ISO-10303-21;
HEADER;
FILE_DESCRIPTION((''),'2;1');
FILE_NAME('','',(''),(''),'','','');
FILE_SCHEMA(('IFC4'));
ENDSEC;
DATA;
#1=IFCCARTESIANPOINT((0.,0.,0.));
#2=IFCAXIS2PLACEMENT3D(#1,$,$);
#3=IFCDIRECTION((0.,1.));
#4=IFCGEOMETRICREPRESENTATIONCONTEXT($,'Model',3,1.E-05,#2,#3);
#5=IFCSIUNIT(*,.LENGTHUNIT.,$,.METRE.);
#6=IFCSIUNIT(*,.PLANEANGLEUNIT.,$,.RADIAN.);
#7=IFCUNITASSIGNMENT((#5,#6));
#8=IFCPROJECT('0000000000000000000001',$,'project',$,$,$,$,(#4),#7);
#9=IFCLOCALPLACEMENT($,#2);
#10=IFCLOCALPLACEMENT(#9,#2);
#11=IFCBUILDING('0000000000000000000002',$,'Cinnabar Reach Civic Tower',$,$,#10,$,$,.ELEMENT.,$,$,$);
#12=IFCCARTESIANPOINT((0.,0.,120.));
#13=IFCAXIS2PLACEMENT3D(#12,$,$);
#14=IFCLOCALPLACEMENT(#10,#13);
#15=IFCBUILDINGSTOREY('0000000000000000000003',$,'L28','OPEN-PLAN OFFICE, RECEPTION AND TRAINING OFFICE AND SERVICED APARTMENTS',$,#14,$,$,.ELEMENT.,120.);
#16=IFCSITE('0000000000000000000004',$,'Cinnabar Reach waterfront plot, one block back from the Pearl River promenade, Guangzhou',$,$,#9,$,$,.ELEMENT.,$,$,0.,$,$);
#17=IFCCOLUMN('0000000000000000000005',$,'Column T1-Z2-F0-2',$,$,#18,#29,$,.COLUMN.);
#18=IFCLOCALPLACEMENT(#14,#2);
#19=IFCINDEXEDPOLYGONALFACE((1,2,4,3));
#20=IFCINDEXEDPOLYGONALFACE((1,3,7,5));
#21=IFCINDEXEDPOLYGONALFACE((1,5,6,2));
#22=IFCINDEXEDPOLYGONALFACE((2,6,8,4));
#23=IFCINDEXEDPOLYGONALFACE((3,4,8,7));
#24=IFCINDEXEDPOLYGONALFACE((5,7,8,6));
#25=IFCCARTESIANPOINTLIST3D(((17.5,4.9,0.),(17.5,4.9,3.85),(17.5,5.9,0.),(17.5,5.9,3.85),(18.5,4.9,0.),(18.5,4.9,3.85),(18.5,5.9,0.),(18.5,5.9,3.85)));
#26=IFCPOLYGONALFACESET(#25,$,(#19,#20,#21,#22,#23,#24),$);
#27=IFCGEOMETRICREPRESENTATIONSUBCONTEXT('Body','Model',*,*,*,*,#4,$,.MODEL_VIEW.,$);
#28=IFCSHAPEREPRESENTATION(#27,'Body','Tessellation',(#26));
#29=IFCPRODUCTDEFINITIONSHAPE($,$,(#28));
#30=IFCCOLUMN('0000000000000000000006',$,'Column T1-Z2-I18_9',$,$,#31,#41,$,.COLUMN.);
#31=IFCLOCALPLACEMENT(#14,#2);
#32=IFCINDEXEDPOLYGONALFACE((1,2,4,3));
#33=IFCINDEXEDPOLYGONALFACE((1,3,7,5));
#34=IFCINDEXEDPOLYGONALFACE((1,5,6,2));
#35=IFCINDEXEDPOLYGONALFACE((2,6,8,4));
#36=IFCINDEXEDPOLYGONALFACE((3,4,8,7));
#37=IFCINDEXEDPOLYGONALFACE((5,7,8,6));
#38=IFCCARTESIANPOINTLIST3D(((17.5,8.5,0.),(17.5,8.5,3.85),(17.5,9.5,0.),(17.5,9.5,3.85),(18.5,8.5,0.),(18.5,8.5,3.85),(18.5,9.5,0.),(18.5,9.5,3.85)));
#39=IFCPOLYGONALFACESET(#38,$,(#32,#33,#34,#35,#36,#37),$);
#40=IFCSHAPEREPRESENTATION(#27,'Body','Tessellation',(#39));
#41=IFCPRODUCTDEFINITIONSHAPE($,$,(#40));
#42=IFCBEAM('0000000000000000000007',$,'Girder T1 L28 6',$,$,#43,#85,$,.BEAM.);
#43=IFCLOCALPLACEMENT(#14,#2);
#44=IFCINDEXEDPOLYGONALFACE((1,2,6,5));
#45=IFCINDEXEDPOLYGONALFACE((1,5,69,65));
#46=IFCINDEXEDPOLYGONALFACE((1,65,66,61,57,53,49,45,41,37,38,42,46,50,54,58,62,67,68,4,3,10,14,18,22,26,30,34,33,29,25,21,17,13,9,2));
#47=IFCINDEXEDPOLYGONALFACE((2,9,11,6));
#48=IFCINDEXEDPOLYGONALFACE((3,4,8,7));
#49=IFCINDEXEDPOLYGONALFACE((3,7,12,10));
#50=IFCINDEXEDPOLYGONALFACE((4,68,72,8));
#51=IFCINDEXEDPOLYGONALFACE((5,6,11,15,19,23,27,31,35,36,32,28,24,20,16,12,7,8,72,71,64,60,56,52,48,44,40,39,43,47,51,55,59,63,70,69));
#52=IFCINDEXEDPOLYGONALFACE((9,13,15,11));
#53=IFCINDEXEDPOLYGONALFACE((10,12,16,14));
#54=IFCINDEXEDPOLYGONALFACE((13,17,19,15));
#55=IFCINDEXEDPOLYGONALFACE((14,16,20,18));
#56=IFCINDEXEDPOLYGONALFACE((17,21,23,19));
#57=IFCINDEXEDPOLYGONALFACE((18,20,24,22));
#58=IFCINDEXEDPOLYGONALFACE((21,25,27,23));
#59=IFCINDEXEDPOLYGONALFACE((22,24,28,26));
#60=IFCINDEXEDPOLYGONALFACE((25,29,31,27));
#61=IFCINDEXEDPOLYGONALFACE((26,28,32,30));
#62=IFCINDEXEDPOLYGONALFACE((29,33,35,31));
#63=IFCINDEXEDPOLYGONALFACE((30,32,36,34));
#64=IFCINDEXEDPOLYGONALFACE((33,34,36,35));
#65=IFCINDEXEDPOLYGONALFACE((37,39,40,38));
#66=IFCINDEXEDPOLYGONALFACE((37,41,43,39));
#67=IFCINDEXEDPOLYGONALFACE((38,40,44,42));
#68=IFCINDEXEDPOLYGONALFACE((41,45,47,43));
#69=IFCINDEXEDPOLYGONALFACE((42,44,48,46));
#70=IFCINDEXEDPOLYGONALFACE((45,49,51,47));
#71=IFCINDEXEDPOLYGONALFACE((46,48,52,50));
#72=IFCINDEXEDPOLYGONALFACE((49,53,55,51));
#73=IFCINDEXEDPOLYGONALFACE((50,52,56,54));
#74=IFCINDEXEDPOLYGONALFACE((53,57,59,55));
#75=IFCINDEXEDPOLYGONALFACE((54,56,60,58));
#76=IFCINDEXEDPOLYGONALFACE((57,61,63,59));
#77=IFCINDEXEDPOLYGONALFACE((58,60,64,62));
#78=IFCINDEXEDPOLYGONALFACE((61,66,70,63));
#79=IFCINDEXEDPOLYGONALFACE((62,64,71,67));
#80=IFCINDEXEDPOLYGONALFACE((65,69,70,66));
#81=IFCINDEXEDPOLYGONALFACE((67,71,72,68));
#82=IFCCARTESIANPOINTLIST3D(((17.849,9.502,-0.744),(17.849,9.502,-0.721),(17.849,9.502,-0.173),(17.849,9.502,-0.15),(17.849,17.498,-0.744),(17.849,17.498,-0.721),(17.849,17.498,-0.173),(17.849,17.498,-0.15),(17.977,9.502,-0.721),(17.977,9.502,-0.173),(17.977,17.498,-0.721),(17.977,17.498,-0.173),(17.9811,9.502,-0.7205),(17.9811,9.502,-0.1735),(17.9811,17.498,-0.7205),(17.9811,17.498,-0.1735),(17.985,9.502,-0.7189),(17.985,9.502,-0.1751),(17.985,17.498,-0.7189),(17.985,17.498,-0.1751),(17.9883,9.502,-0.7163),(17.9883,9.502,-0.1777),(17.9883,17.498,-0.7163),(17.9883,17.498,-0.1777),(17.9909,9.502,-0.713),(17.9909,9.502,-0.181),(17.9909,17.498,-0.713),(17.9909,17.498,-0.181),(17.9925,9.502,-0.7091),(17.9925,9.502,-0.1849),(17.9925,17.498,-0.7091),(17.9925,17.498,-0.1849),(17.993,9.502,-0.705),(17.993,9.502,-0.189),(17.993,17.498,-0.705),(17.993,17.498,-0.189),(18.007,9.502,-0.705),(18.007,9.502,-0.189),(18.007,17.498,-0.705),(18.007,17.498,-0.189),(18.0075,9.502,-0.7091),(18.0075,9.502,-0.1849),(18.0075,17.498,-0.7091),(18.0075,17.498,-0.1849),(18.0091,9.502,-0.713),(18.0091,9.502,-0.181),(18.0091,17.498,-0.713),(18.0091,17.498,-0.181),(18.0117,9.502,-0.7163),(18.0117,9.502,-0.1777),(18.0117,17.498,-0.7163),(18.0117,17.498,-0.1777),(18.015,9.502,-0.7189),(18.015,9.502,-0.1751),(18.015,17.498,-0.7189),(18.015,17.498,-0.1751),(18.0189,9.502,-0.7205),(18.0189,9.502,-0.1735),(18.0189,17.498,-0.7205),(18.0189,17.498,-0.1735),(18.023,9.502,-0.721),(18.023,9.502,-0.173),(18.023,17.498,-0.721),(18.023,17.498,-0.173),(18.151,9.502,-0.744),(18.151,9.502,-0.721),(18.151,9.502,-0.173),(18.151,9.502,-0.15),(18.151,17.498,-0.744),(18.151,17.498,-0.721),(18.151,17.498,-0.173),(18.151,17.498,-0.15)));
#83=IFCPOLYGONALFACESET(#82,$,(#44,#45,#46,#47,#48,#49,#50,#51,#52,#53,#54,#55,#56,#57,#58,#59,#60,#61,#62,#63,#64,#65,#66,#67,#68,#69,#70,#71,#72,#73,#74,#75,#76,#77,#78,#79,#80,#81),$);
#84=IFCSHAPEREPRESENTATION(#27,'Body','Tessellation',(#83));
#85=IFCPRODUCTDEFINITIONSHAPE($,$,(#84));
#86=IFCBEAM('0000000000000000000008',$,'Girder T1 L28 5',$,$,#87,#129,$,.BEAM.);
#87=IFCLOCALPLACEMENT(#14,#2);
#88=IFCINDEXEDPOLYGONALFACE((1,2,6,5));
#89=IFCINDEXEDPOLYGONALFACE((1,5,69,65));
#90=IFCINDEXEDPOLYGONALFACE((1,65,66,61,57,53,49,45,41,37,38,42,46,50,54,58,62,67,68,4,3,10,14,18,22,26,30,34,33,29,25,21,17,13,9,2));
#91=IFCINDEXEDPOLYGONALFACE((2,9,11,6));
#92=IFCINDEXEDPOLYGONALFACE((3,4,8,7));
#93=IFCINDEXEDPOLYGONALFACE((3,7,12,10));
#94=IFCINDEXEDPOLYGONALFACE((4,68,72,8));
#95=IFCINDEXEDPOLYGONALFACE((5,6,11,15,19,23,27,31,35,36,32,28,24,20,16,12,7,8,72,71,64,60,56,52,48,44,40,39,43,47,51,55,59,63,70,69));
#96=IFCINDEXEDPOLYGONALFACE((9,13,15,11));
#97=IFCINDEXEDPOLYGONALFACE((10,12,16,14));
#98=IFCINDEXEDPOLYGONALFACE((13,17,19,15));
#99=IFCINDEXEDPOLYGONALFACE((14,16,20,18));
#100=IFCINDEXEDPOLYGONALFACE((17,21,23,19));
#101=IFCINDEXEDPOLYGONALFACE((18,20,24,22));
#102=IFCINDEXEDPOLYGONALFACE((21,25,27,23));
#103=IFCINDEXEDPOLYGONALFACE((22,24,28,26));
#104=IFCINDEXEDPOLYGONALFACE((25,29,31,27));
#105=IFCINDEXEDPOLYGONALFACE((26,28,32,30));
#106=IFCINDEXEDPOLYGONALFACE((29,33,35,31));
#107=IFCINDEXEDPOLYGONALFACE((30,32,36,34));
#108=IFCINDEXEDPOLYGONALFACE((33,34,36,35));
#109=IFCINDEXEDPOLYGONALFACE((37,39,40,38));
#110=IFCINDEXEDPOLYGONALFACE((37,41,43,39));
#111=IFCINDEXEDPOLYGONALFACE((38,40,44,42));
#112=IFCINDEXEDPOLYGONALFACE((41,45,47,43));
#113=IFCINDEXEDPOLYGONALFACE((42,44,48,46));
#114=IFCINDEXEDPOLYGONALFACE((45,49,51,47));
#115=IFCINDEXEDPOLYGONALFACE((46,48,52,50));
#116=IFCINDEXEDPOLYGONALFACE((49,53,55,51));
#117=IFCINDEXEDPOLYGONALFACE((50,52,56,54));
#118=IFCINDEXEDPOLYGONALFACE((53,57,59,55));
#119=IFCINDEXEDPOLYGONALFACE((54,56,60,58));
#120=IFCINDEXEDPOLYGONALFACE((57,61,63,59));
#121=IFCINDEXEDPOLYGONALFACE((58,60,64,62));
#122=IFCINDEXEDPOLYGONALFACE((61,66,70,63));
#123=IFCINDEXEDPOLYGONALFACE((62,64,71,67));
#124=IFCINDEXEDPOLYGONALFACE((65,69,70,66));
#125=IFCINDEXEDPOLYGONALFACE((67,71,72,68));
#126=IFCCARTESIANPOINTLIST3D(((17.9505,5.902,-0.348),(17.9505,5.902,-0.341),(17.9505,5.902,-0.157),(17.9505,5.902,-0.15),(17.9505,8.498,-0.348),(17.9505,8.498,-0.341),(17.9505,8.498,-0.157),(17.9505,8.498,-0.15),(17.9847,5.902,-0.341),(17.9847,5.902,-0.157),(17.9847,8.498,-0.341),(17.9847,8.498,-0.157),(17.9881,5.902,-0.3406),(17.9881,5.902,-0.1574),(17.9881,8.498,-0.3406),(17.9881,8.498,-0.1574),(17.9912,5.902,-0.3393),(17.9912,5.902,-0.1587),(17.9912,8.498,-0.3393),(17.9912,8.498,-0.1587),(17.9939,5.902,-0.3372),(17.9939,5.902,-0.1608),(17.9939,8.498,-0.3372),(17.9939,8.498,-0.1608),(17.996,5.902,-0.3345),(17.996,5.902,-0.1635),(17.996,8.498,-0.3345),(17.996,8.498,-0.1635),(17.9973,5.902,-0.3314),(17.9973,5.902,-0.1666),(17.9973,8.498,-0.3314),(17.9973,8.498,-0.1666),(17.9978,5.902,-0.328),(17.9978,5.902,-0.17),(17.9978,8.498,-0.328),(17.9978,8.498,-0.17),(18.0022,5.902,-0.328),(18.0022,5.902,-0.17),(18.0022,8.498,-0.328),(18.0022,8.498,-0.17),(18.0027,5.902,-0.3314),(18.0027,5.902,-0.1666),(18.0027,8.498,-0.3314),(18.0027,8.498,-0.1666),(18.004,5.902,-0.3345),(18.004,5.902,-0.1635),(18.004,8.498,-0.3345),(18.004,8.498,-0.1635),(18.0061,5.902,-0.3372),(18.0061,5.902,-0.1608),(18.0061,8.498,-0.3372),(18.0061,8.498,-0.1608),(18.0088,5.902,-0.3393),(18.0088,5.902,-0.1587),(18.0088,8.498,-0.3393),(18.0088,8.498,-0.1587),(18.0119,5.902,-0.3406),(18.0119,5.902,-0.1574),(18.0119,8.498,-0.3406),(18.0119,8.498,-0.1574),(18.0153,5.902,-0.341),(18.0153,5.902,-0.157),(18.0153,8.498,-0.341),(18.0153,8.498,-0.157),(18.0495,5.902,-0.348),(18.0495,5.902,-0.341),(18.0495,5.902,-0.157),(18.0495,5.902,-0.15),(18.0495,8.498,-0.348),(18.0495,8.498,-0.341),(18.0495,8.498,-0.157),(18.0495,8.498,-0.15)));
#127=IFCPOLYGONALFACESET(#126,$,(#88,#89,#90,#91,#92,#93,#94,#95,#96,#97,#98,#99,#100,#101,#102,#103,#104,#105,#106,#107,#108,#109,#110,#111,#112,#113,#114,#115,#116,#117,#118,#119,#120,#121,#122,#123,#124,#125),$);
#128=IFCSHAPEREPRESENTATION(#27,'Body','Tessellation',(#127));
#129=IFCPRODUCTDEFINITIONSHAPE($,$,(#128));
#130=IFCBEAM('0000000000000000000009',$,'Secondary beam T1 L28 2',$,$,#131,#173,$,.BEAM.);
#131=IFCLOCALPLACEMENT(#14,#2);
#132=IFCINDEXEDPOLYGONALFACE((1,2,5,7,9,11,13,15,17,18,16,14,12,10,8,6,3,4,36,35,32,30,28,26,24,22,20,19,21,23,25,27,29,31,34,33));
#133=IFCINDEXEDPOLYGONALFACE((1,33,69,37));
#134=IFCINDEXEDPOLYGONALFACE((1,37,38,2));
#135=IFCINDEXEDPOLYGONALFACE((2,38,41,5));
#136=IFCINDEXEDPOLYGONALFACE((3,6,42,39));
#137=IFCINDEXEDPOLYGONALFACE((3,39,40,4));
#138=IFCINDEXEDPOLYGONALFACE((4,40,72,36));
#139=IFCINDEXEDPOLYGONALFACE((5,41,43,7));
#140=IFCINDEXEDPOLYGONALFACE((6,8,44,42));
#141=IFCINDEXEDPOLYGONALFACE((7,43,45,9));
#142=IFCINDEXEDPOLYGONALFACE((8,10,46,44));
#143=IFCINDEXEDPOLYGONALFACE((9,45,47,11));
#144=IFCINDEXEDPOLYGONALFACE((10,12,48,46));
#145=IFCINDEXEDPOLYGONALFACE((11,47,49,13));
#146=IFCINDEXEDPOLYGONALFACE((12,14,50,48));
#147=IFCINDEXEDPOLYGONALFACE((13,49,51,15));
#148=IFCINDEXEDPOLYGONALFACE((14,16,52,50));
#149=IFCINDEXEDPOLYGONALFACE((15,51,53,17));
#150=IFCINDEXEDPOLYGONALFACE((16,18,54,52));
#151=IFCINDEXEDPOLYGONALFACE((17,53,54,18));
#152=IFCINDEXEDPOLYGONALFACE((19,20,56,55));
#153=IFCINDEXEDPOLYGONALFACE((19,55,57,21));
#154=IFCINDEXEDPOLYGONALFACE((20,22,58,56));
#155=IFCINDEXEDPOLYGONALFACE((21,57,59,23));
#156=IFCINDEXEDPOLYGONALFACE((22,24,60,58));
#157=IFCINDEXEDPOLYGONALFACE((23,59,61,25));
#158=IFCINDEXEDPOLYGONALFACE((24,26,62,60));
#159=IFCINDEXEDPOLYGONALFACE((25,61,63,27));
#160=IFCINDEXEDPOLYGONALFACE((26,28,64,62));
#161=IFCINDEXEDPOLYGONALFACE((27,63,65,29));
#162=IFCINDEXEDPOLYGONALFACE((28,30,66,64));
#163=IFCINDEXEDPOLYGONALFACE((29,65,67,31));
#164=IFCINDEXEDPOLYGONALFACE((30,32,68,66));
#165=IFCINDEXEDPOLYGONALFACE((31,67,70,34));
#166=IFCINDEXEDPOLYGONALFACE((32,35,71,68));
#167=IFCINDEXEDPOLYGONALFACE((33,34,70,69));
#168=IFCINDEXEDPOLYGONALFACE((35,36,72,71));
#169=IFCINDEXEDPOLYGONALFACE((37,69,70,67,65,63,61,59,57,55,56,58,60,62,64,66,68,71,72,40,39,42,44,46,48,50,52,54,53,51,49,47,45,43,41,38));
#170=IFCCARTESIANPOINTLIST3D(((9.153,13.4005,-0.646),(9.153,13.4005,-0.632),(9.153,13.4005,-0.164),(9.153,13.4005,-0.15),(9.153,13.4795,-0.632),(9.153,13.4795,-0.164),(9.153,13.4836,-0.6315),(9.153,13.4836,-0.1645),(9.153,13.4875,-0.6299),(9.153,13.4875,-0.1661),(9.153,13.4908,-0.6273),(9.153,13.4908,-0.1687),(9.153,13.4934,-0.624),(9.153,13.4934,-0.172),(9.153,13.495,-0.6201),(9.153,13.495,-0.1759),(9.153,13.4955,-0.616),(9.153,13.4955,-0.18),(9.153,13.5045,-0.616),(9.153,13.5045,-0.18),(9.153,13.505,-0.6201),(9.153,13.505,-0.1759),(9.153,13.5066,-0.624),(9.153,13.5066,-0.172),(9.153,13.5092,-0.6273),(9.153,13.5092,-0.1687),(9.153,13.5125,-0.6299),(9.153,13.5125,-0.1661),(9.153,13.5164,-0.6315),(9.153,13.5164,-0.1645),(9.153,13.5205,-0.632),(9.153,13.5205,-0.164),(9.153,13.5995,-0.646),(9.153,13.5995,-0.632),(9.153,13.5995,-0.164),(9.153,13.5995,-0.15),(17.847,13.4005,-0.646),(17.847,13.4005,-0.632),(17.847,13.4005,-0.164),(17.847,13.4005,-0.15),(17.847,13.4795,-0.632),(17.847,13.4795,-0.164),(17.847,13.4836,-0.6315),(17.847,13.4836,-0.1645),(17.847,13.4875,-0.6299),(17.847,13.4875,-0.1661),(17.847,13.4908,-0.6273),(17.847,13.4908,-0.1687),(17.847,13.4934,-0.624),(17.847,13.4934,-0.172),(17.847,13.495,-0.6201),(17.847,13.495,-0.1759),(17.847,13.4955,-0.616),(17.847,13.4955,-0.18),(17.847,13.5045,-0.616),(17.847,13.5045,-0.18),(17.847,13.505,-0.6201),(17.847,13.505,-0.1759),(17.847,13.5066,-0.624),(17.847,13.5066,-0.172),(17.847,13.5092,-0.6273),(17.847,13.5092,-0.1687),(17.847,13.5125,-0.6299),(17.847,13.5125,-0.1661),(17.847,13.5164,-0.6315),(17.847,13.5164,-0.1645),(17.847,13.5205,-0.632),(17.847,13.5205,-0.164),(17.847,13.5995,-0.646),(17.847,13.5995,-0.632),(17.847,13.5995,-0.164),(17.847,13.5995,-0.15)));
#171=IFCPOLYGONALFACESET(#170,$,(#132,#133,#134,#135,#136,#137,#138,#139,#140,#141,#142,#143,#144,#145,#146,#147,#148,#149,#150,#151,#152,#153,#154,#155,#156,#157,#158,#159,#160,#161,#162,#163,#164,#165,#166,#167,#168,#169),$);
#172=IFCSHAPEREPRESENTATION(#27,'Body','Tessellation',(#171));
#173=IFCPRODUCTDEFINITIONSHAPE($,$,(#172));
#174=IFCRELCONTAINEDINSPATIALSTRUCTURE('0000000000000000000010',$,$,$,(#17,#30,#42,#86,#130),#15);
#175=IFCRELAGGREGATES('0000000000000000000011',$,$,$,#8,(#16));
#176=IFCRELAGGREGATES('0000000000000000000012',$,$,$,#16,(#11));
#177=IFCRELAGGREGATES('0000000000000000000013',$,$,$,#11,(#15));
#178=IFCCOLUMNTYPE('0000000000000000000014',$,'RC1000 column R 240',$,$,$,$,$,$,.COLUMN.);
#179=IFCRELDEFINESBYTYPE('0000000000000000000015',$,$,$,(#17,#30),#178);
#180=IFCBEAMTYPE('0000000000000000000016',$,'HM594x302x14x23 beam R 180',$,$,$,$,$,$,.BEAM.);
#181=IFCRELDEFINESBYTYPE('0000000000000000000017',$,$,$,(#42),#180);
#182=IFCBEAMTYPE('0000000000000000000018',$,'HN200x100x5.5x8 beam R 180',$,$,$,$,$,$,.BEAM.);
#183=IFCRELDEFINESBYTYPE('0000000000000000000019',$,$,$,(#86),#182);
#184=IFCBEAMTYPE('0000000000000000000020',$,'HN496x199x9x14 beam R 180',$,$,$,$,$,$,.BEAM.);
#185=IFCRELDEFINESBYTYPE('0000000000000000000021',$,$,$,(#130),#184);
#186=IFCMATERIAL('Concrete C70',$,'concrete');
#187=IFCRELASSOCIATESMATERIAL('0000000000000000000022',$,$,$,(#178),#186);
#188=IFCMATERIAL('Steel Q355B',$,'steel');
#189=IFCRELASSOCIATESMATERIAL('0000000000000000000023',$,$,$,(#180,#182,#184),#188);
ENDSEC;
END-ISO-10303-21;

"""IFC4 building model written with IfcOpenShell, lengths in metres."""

from ifc_helpers import new_model, si_unit, direction, frame, origin, origin_2d, place, context, subcontext, project, spatial, rectangle, i_section, extrude, material, material_profile, profile_set, type_object, element, save


model = new_model("IFC4")

# Units and contexts
model_context = context("Model", 3, precision=1e-05, world=origin(), true_north=direction((0.0, 1.0)))
body_context = subcontext(model_context, "Body", "Model", "MODEL_VIEW")
ifc_project = project(units=[si_unit("LENGTHUNIT", "METRE"), si_unit("PLANEANGLEUNIT", "RADIAN")], contexts=[model_context])

# Site, building, storey
site_placement = place(None, origin())
site = spatial("IfcSite", under=ifc_project, at=site_placement, Name="Cinnabar Reach waterfront plot, one block back from the Pearl River promenade, Guangzhou", CompositionType="ELEMENT", RefElevation=0.0)
building_placement = place(site_placement, origin())
building = spatial("IfcBuilding", under=site, at=building_placement, Name="Cinnabar Reach Civic Tower", CompositionType="ELEMENT")
storey_placement = place(building_placement, frame((0.0, 0.0, 120.0)))
storey = spatial("IfcBuildingStorey", under=building, at=storey_placement, Name="L28", Description="OPEN-PLAN OFFICE, RECEPTION AND TRAINING OFFICE AND SERVICED APARTMENTS", CompositionType="ELEMENT", Elevation=120.0)

# Columns
ifc_material_1 = material(Name="Concrete C70", Category="concrete")
ifc_material_profile_1 = material_profile(ifc_material_1, rectangle(XDim=1.0, YDim=1.0, at=origin_2d()), Name="RC1000")
ifc_profile_set_1 = profile_set([ifc_material_profile_1], Name="Concrete C70")
column_type = type_object("IfcColumnType", Name="RC1000 column R 240", PredefinedType="COLUMN", material=ifc_profile_set_1)
for number, where, z_axis, x_axis, name in (
    (1, (18.0, 5.4, 0.0), (0.0, 0.0, 1.0), (1.0, 0.0, 0.0), "Column T1-Z2-F0-2"),
    (2, (18.0, 9.0, 0.0), (0.0, 0.0, 1.0), (1.0, 0.0, 0.0), "Column T1-Z2-I18_9"),
):
    element("IfcColumn", number, at=place(storey_placement, frame(where, z_axis=z_axis, x_axis=x_axis)), inside=storey, type_object=column_type, Name=name, PredefinedType="COLUMN", context=body_context, shape_type="SweptSolid", body=[
        extrude(rectangle(XDim=1.0, YDim=1.0, at=origin_2d()), origin(), (0.0, 0.0, 1.0), 3.85),
    ])

# Beams
ifc_material_2 = material(Name="Steel Q355B", Category="steel")
ifc_material_profile_2 = material_profile(ifc_material_2, i_section(OverallWidth=0.302, OverallDepth=0.594, WebThickness=0.014, FlangeThickness=0.023, FilletRadius=0.016, at=origin_2d()), Name="HM594x302x14x23")
ifc_profile_set_2 = profile_set([ifc_material_profile_2], Name="Steel Q355B")
beam_type_1 = type_object("IfcBeamType", Name="HM594x302x14x23 beam R 180", PredefinedType="BEAM", material=ifc_profile_set_2)
beam_1_placement = place(storey_placement, frame((18.0, 9.502, -0.447), z_axis=(0.0, 1.0, 0.0), x_axis=(-1.0, 0.0, 0.0)))
element("IfcBeam", 3, at=beam_1_placement, inside=storey, type_object=beam_type_1, Name="Girder T1 L28 6", PredefinedType="BEAM", context=body_context, shape_type="SweptSolid", body=[
    extrude(i_section(OverallWidth=0.302, OverallDepth=0.594, WebThickness=0.014, FlangeThickness=0.023, FilletRadius=0.016, at=origin_2d()), origin(), (0.0, 0.0, 1.0), 7.996),
])
ifc_material_profile_3 = material_profile(ifc_material_2, i_section(OverallWidth=0.099, OverallDepth=0.198, WebThickness=0.0045, FlangeThickness=0.007, FilletRadius=0.013, at=origin_2d()), Name="HN200x100x5.5x8")
ifc_profile_set_3 = profile_set([ifc_material_profile_3], Name="Steel Q355B")
beam_type_2 = type_object("IfcBeamType", Name="HN200x100x5.5x8 beam R 180", PredefinedType="BEAM", material=ifc_profile_set_3)
beam_2_placement = place(storey_placement, frame((18.0, 5.902, -0.249), z_axis=(0.0, 1.0, 0.0), x_axis=(-1.0, 0.0, 0.0)))
element("IfcBeam", 4, at=beam_2_placement, inside=storey, type_object=beam_type_2, Name="Girder T1 L28 5", PredefinedType="BEAM", context=body_context, shape_type="SweptSolid", body=[
    extrude(i_section(OverallWidth=0.099, OverallDepth=0.198, WebThickness=0.0045, FlangeThickness=0.007, FilletRadius=0.013, at=origin_2d()), origin(), (0.0, 0.0, 1.0), 2.596),
])
ifc_material_profile_4 = material_profile(ifc_material_2, i_section(OverallWidth=0.199, OverallDepth=0.496, WebThickness=0.009, FlangeThickness=0.014, FilletRadius=0.016, at=origin_2d()), Name="HN496x199x9x14")
ifc_profile_set_4 = profile_set([ifc_material_profile_4], Name="Steel Q355B")
beam_type_3 = type_object("IfcBeamType", Name="HN496x199x9x14 beam R 180", PredefinedType="BEAM", material=ifc_profile_set_4)
for number, where, z_axis, x_axis, name in (
    (5, (9.153, 13.5, -0.398), (1.0, 0.0, 0.0), (0.0, 1.0, 0.0), "Secondary beam T1 L28 2"),
):
    element("IfcBeam", number, at=place(storey_placement, frame(where, z_axis=z_axis, x_axis=x_axis)), inside=storey, type_object=beam_type_3, Name=name, PredefinedType="BEAM", context=body_context, shape_type="SweptSolid", body=[
        extrude(i_section(OverallWidth=0.199, OverallDepth=0.496, WebThickness=0.009, FlangeThickness=0.014, FilletRadius=0.016, at=origin_2d()), origin(), (0.0, 0.0, 1.0), 8.694),
    ])

save(model, "model.ifc")
